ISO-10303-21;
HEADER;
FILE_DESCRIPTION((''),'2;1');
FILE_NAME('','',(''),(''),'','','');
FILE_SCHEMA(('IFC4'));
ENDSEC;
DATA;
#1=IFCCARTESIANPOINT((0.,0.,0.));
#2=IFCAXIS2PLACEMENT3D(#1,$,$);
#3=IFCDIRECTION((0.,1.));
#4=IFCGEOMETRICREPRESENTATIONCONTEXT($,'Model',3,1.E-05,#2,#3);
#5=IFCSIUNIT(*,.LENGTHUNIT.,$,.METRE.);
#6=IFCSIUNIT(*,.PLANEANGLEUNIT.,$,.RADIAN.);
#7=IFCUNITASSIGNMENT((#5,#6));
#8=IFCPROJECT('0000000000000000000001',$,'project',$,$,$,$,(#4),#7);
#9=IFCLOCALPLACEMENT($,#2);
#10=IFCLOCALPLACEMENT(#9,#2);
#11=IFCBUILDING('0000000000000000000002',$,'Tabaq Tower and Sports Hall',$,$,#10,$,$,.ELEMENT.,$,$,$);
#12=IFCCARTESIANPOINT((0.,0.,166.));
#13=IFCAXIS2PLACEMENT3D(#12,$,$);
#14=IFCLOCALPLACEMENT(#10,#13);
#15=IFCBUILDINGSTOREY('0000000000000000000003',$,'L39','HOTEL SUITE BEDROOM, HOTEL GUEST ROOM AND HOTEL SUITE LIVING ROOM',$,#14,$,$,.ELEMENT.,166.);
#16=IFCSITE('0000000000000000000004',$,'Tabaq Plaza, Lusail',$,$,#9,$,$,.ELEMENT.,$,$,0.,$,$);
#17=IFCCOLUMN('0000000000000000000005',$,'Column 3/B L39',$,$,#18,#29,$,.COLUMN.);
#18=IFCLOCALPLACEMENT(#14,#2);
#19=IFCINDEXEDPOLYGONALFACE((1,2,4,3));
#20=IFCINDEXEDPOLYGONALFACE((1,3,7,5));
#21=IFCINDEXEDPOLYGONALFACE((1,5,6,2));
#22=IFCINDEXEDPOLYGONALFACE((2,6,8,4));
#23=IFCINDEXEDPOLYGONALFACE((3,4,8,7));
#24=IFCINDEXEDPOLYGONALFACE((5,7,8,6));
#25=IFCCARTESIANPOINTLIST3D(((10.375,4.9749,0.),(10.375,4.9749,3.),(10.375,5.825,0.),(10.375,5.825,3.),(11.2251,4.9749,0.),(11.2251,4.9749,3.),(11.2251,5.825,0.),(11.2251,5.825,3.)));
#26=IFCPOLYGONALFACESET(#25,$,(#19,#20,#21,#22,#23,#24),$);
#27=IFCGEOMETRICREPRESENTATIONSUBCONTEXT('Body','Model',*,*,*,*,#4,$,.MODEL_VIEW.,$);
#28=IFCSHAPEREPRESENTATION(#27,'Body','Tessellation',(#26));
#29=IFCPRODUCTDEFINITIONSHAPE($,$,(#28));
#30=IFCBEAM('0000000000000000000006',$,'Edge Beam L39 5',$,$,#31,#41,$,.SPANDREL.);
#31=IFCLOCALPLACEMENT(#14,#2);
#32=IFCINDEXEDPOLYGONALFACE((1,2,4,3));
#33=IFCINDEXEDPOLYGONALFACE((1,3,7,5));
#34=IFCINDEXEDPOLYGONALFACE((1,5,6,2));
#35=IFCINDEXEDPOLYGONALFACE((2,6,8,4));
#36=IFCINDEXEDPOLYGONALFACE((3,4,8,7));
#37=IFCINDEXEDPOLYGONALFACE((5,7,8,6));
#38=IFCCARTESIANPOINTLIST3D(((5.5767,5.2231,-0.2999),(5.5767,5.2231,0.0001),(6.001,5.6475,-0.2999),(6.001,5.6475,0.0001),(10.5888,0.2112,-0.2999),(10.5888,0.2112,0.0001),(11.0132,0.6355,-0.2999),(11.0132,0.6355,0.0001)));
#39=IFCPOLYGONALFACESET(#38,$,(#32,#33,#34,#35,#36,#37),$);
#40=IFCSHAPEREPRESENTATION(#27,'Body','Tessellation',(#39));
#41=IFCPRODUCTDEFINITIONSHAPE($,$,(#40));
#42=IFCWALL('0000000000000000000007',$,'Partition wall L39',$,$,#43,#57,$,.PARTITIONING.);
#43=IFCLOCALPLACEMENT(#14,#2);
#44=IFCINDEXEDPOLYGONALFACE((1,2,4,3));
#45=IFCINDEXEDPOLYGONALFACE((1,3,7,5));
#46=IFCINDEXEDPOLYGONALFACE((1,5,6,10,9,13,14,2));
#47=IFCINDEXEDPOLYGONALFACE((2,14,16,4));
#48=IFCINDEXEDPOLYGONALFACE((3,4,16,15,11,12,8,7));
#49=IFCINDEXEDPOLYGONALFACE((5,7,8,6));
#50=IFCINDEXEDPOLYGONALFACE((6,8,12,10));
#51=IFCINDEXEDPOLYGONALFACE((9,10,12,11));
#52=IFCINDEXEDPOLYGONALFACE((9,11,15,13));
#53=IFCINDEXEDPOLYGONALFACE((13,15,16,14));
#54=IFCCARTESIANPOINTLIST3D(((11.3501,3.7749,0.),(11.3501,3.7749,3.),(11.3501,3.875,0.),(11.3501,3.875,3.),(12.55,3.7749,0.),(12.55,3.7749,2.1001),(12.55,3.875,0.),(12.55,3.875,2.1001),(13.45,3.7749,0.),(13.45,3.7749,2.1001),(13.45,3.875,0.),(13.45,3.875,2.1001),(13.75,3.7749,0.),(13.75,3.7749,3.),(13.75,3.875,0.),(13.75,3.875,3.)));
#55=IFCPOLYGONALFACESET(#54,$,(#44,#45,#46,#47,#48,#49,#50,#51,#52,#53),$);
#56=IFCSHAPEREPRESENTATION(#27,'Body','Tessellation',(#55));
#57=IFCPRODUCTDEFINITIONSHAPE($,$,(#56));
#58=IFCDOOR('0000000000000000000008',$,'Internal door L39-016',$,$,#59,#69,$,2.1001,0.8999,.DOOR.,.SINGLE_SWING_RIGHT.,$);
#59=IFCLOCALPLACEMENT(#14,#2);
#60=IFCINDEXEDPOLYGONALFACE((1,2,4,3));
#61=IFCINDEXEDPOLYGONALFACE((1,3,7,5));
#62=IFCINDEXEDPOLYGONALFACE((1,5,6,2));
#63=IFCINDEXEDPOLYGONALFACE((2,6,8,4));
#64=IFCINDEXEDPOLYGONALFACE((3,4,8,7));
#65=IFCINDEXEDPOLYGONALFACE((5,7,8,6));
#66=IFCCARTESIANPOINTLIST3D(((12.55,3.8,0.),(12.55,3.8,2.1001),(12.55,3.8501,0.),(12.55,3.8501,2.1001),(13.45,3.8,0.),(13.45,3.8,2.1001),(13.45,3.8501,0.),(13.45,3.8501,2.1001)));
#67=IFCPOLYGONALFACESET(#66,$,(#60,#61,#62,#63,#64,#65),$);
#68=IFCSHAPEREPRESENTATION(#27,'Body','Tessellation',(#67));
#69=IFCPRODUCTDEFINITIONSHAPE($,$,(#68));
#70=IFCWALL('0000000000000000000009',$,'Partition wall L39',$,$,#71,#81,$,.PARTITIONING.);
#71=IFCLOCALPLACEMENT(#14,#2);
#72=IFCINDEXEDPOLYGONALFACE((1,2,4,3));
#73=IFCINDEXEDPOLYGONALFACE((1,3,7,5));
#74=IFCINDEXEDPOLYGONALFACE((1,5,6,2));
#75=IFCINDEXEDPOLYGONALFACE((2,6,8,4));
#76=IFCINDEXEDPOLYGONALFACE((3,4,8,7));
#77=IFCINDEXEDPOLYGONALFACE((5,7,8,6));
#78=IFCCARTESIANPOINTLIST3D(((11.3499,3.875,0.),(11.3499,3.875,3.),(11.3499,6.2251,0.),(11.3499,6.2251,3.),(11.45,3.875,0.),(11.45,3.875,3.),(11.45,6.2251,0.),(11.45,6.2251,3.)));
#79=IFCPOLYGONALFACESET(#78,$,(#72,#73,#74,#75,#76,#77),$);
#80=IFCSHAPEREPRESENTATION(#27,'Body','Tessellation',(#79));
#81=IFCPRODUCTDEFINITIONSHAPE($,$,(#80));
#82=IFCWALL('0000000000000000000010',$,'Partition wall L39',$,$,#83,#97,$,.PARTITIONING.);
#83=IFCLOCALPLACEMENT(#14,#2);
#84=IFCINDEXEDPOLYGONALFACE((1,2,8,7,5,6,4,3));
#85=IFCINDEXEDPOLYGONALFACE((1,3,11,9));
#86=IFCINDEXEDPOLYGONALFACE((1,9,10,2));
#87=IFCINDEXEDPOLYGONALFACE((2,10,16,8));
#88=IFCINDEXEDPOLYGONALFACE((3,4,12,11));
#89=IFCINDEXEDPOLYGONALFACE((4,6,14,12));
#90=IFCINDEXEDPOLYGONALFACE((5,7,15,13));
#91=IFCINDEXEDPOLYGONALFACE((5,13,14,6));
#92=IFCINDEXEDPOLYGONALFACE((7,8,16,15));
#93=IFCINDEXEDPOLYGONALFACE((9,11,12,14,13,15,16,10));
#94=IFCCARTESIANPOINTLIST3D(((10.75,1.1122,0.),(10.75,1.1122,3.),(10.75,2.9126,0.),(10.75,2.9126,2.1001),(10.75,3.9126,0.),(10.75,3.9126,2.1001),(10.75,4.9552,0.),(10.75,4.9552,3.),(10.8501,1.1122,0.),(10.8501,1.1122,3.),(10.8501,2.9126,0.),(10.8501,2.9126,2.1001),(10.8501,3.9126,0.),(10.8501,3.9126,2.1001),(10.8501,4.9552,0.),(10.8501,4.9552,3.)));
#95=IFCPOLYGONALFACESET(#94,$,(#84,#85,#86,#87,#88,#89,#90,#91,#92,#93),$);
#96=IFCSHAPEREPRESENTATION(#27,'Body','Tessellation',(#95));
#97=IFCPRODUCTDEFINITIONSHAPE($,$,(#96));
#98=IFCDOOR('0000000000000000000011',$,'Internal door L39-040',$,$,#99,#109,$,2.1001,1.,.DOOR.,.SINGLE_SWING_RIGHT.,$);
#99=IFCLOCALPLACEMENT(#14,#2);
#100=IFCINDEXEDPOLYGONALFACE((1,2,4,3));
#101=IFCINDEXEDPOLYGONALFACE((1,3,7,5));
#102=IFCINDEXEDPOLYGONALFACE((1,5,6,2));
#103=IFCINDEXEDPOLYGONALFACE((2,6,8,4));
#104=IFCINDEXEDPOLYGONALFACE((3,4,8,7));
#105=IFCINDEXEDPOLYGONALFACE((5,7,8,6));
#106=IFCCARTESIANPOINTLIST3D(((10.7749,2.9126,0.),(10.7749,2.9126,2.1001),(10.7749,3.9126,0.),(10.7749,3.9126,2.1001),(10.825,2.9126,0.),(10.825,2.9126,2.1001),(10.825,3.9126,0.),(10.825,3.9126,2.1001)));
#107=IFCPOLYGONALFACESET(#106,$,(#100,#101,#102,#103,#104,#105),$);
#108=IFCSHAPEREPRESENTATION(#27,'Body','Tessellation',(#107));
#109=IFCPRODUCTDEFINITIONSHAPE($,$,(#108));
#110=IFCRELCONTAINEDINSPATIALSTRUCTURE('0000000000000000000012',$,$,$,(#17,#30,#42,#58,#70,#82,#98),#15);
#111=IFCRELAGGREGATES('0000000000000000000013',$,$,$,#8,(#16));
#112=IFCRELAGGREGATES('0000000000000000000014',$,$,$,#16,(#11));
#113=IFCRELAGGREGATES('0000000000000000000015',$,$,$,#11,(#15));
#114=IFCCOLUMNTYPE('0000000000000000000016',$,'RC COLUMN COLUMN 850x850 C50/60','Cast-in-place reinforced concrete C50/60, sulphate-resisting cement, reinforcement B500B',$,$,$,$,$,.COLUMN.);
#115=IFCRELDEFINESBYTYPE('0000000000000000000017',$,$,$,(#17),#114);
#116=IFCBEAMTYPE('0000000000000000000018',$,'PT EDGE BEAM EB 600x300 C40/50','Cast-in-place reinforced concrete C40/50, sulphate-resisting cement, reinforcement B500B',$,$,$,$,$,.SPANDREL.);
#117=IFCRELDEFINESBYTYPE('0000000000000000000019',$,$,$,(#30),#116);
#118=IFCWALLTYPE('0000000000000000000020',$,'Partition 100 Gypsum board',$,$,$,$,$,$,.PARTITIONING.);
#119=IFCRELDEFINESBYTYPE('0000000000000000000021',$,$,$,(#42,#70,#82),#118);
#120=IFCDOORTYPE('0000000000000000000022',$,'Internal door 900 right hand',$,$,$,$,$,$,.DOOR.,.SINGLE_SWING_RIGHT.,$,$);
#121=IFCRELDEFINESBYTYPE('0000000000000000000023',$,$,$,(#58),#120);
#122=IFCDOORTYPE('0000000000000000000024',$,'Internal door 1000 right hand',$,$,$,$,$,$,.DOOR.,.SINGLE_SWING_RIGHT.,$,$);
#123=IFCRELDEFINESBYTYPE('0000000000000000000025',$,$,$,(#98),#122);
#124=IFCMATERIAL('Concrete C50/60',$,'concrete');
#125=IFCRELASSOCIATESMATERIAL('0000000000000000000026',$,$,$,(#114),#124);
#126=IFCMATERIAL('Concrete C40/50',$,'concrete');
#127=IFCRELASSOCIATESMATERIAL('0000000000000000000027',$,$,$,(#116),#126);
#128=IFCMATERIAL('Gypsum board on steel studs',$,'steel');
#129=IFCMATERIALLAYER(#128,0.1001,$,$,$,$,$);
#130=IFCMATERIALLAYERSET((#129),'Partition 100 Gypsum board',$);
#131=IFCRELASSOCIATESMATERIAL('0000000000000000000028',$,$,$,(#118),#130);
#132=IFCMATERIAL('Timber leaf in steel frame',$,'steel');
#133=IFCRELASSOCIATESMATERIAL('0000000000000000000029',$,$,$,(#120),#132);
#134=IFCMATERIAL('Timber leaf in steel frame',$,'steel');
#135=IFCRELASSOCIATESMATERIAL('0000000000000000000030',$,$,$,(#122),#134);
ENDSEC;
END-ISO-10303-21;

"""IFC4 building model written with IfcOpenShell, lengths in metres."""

from ifc_helpers import new_model, si_unit, direction, frame, frame_2d, origin, origin_2d, place, context, subcontext, project, spatial, rectangle, extrude, material, layer, layer_set, material_profile, profile_set, type_object, element, fill, save


model = new_model("IFC4")

# Units and contexts
model_context = context("Model", 3, precision=1e-05, world=origin(), true_north=direction((0.0, 1.0)))
body_context = subcontext(model_context, "Body", "Model", "MODEL_VIEW")
ifc_project = project(units=[si_unit("LENGTHUNIT", "METRE"), si_unit("PLANEANGLEUNIT", "RADIAN")], contexts=[model_context])

# Site, building, storey
site_placement = place(None, origin())
site = spatial("IfcSite", under=ifc_project, at=site_placement, Name="Tabaq Plaza, Lusail", CompositionType="ELEMENT", RefElevation=0.0)
building_placement = place(site_placement, origin())
building = spatial("IfcBuilding", under=site, at=building_placement, Name="Tabaq Tower and Sports Hall", CompositionType="ELEMENT")
storey_placement = place(building_placement, frame((0.0, 0.0, 166.0)))
storey = spatial("IfcBuildingStorey", under=building, at=storey_placement, Name="L39", Description="HOTEL SUITE BEDROOM, HOTEL GUEST ROOM AND HOTEL SUITE LIVING ROOM", CompositionType="ELEMENT", Elevation=166.0)

# Column
ifc_material_1 = material(Name="Concrete C50/60", Category="concrete")
ifc_material_profile_1 = material_profile(ifc_material_1, rectangle(XDim=0.8501, YDim=0.8501, at=origin_2d()), Name="COLUMN 850x850")
ifc_profile_set_1 = profile_set([ifc_material_profile_1], Name="Concrete C50/60")
column_type = type_object("IfcColumnType", Name="RC COLUMN COLUMN 850x850 C50/60", Description="Cast-in-place reinforced concrete C50/60, sulphate-resisting cement, reinforcement B500B", PredefinedType="COLUMN", material=ifc_profile_set_1)
column_placement = place(storey_placement, frame((10.8, 5.3999, 0.0), z_axis=(0.0, 0.0, 1.0), x_axis=(1.0, 0.0, 0.0)))
element("IfcColumn", 1, at=column_placement, inside=storey, type_object=column_type, Name="Column 3/B L39", PredefinedType="COLUMN", context=body_context, shape_type="SweptSolid", body=[
    extrude(rectangle(XDim=0.8501, YDim=0.8501, at=origin_2d()), origin(), (0.0, 0.0, 1.0), 3.0),
])

# Beam
ifc_material_2 = material(Name="Concrete C40/50", Category="concrete")
ifc_material_profile_2 = material_profile(ifc_material_2, rectangle(XDim=0.6001, YDim=0.3, at=origin_2d()), Name="EB 600x300")
ifc_profile_set_2 = profile_set([ifc_material_profile_2], Name="Concrete C40/50")
beam_type = type_object("IfcBeamType", Name="PT EDGE BEAM EB 600x300 C40/50", Description="Cast-in-place reinforced concrete C40/50, sulphate-resisting cement, reinforcement B500B", PredefinedType="SPANDREL", material=ifc_profile_set_2)
beam_placement = place(storey_placement, frame((5.7888, 5.4353, -0.1499), z_axis=(0.707124, -0.70709, 0.0), x_axis=(0.70709, 0.707124, 0.0)))
element("IfcBeam", 2, at=beam_placement, inside=storey, type_object=beam_type, Name="Edge Beam L39 5", PredefinedType="SPANDREL", context=body_context, shape_type="SweptSolid", body=[
    extrude(rectangle(XDim=0.6001, YDim=0.3, at=origin_2d()), origin(), (0.0, 0.0, 1.0), 7.0881),
])

# Wall, opening, door
ifc_material_3 = material(Name="Gypsum board on steel studs", Category="steel")
ifc_layer_1 = layer(ifc_material_3, 0.1001)
ifc_layer_set_1 = layer_set([ifc_layer_1], Name="Partition 100 Gypsum board")
wall_type_1 = type_object("IfcWallType", Name="Partition 100 Gypsum board", PredefinedType="PARTITIONING", material=ifc_layer_set_1)
wall_1_placement = place(storey_placement, frame((13.75, 3.825, 0.0), z_axis=(0.0, 0.0, 1.0), x_axis=(-1.0, 0.0, 0.0)))
wall_1 = element("IfcWall", 3, at=wall_1_placement, inside=storey, type_object=wall_type_1, Name="Partition wall L39", PredefinedType="PARTITIONING", context=body_context, shape_type="SweptSolid", body=[
    extrude(rectangle(XDim=2.3999, YDim=0.1001, at=frame_2d((1.2, 0.0))), origin(), (0.0, 0.0, 1.0), 3.0),
])
opening_1_placement = place(wall_1_placement, frame((0.3, 0.0, 0.0)))
opening_1 = element("IfcOpeningElement", 4, at=opening_1_placement, cuts=wall_1, PredefinedType="OPENING", context=body_context, shape_type="SweptSolid", body=[
    extrude(rectangle(XDim=0.8999, YDim=2.1001, at=frame_2d((0.45, 1.05))), frame((0.0, 0.05, 0.0), z_axis=(0.0, -1.0, 0.0), x_axis=(1.0, 0.0, 0.0)), (0.0, 0.0, 1.0), 0.1001),
])
ifc_material_4 = material(Name="Timber leaf in steel frame", Category="steel")
door_type_1 = type_object("IfcDoorType", Name="Internal door 900 right hand", OperationType="SINGLE_SWING_RIGHT", PredefinedType="DOOR", material=ifc_material_4)
door_1_placement = place(opening_1_placement, origin())
door_1 = element("IfcDoor", 5, at=door_1_placement, inside=storey, type_object=door_type_1, Name="Internal door L39-016", OperationType="SINGLE_SWING_RIGHT", OverallHeight=2.1001, OverallWidth=0.8999, PredefinedType="DOOR", context=body_context, shape_type="SweptSolid", body=[
    extrude(rectangle(XDim=0.8999, YDim=2.1001, at=frame_2d((0.45, 1.05))), frame((0.0, 0.0249, 0.0), z_axis=(0.0, -1.0, 0.0), x_axis=(1.0, 0.0, 0.0)), (0.0, 0.0, 1.0), 0.05),
])
fill(opening_1, door_1)

# Wall
wall_2_placement = place(storey_placement, frame((11.3999, 3.875, 0.0), z_axis=(0.0, 0.0, 1.0), x_axis=(0.0, 1.0, 0.0)))
element("IfcWall", 6, at=wall_2_placement, inside=storey, type_object=wall_type_1, Name="Partition wall L39", PredefinedType="PARTITIONING", context=body_context, shape_type="SweptSolid", body=[
    extrude(rectangle(XDim=2.3501, YDim=0.1001, at=frame_2d((1.175, 0.0))), origin(), (0.0, 0.0, 1.0), 3.0),
])

# Wall, opening, door
wall_3_placement = place(storey_placement, frame((10.8, 4.9551, 0.0), z_axis=(0.0, 0.0, 1.0), x_axis=(0.0, -1.0, 0.0)))
wall_3 = element("IfcWall", 7, at=wall_3_placement, inside=storey, type_object=wall_type_1, Name="Partition wall L39", PredefinedType="PARTITIONING", context=body_context, shape_type="SweptSolid", body=[
    extrude(rectangle(XDim=3.843, YDim=0.1001, at=frame_2d((1.9214, 0.0))), origin(), (0.0, 0.0, 1.0), 3.0),
])
opening_2_placement = place(wall_3_placement, frame((1.0425, 0.0, 0.0)))
opening_2 = element("IfcOpeningElement", 8, at=opening_2_placement, cuts=wall_3, PredefinedType="OPENING", context=body_context, shape_type="SweptSolid", body=[
    extrude(rectangle(XDim=1.0, YDim=2.1001, at=frame_2d((0.5, 1.05))), frame((0.0, 0.05, 0.0), z_axis=(0.0, -1.0, 0.0), x_axis=(1.0, 0.0, 0.0)), (0.0, 0.0, 1.0), 0.1001),
])
ifc_material_5 = material(Name="Timber leaf in steel frame", Category="steel")
door_type_2 = type_object("IfcDoorType", Name="Internal door 1000 right hand", OperationType="SINGLE_SWING_RIGHT", PredefinedType="DOOR", material=ifc_material_5)
door_2_placement = place(opening_2_placement, origin())
door_2 = element("IfcDoor", 9, at=door_2_placement, inside=storey, type_object=door_type_2, Name="Internal door L39-040", OperationType="SINGLE_SWING_RIGHT", OverallHeight=2.1001, OverallWidth=1.0, PredefinedType="DOOR", context=body_context, shape_type="SweptSolid", body=[
    extrude(rectangle(XDim=1.0, YDim=2.1001, at=frame_2d((0.5, 1.05))), frame((0.0, 0.0249, 0.0), z_axis=(0.0, -1.0, 0.0), x_axis=(1.0, 0.0, 0.0)), (0.0, 0.0, 1.0), 0.05),
])
fill(opening_2, door_2)

save(model, "model.ifc")
